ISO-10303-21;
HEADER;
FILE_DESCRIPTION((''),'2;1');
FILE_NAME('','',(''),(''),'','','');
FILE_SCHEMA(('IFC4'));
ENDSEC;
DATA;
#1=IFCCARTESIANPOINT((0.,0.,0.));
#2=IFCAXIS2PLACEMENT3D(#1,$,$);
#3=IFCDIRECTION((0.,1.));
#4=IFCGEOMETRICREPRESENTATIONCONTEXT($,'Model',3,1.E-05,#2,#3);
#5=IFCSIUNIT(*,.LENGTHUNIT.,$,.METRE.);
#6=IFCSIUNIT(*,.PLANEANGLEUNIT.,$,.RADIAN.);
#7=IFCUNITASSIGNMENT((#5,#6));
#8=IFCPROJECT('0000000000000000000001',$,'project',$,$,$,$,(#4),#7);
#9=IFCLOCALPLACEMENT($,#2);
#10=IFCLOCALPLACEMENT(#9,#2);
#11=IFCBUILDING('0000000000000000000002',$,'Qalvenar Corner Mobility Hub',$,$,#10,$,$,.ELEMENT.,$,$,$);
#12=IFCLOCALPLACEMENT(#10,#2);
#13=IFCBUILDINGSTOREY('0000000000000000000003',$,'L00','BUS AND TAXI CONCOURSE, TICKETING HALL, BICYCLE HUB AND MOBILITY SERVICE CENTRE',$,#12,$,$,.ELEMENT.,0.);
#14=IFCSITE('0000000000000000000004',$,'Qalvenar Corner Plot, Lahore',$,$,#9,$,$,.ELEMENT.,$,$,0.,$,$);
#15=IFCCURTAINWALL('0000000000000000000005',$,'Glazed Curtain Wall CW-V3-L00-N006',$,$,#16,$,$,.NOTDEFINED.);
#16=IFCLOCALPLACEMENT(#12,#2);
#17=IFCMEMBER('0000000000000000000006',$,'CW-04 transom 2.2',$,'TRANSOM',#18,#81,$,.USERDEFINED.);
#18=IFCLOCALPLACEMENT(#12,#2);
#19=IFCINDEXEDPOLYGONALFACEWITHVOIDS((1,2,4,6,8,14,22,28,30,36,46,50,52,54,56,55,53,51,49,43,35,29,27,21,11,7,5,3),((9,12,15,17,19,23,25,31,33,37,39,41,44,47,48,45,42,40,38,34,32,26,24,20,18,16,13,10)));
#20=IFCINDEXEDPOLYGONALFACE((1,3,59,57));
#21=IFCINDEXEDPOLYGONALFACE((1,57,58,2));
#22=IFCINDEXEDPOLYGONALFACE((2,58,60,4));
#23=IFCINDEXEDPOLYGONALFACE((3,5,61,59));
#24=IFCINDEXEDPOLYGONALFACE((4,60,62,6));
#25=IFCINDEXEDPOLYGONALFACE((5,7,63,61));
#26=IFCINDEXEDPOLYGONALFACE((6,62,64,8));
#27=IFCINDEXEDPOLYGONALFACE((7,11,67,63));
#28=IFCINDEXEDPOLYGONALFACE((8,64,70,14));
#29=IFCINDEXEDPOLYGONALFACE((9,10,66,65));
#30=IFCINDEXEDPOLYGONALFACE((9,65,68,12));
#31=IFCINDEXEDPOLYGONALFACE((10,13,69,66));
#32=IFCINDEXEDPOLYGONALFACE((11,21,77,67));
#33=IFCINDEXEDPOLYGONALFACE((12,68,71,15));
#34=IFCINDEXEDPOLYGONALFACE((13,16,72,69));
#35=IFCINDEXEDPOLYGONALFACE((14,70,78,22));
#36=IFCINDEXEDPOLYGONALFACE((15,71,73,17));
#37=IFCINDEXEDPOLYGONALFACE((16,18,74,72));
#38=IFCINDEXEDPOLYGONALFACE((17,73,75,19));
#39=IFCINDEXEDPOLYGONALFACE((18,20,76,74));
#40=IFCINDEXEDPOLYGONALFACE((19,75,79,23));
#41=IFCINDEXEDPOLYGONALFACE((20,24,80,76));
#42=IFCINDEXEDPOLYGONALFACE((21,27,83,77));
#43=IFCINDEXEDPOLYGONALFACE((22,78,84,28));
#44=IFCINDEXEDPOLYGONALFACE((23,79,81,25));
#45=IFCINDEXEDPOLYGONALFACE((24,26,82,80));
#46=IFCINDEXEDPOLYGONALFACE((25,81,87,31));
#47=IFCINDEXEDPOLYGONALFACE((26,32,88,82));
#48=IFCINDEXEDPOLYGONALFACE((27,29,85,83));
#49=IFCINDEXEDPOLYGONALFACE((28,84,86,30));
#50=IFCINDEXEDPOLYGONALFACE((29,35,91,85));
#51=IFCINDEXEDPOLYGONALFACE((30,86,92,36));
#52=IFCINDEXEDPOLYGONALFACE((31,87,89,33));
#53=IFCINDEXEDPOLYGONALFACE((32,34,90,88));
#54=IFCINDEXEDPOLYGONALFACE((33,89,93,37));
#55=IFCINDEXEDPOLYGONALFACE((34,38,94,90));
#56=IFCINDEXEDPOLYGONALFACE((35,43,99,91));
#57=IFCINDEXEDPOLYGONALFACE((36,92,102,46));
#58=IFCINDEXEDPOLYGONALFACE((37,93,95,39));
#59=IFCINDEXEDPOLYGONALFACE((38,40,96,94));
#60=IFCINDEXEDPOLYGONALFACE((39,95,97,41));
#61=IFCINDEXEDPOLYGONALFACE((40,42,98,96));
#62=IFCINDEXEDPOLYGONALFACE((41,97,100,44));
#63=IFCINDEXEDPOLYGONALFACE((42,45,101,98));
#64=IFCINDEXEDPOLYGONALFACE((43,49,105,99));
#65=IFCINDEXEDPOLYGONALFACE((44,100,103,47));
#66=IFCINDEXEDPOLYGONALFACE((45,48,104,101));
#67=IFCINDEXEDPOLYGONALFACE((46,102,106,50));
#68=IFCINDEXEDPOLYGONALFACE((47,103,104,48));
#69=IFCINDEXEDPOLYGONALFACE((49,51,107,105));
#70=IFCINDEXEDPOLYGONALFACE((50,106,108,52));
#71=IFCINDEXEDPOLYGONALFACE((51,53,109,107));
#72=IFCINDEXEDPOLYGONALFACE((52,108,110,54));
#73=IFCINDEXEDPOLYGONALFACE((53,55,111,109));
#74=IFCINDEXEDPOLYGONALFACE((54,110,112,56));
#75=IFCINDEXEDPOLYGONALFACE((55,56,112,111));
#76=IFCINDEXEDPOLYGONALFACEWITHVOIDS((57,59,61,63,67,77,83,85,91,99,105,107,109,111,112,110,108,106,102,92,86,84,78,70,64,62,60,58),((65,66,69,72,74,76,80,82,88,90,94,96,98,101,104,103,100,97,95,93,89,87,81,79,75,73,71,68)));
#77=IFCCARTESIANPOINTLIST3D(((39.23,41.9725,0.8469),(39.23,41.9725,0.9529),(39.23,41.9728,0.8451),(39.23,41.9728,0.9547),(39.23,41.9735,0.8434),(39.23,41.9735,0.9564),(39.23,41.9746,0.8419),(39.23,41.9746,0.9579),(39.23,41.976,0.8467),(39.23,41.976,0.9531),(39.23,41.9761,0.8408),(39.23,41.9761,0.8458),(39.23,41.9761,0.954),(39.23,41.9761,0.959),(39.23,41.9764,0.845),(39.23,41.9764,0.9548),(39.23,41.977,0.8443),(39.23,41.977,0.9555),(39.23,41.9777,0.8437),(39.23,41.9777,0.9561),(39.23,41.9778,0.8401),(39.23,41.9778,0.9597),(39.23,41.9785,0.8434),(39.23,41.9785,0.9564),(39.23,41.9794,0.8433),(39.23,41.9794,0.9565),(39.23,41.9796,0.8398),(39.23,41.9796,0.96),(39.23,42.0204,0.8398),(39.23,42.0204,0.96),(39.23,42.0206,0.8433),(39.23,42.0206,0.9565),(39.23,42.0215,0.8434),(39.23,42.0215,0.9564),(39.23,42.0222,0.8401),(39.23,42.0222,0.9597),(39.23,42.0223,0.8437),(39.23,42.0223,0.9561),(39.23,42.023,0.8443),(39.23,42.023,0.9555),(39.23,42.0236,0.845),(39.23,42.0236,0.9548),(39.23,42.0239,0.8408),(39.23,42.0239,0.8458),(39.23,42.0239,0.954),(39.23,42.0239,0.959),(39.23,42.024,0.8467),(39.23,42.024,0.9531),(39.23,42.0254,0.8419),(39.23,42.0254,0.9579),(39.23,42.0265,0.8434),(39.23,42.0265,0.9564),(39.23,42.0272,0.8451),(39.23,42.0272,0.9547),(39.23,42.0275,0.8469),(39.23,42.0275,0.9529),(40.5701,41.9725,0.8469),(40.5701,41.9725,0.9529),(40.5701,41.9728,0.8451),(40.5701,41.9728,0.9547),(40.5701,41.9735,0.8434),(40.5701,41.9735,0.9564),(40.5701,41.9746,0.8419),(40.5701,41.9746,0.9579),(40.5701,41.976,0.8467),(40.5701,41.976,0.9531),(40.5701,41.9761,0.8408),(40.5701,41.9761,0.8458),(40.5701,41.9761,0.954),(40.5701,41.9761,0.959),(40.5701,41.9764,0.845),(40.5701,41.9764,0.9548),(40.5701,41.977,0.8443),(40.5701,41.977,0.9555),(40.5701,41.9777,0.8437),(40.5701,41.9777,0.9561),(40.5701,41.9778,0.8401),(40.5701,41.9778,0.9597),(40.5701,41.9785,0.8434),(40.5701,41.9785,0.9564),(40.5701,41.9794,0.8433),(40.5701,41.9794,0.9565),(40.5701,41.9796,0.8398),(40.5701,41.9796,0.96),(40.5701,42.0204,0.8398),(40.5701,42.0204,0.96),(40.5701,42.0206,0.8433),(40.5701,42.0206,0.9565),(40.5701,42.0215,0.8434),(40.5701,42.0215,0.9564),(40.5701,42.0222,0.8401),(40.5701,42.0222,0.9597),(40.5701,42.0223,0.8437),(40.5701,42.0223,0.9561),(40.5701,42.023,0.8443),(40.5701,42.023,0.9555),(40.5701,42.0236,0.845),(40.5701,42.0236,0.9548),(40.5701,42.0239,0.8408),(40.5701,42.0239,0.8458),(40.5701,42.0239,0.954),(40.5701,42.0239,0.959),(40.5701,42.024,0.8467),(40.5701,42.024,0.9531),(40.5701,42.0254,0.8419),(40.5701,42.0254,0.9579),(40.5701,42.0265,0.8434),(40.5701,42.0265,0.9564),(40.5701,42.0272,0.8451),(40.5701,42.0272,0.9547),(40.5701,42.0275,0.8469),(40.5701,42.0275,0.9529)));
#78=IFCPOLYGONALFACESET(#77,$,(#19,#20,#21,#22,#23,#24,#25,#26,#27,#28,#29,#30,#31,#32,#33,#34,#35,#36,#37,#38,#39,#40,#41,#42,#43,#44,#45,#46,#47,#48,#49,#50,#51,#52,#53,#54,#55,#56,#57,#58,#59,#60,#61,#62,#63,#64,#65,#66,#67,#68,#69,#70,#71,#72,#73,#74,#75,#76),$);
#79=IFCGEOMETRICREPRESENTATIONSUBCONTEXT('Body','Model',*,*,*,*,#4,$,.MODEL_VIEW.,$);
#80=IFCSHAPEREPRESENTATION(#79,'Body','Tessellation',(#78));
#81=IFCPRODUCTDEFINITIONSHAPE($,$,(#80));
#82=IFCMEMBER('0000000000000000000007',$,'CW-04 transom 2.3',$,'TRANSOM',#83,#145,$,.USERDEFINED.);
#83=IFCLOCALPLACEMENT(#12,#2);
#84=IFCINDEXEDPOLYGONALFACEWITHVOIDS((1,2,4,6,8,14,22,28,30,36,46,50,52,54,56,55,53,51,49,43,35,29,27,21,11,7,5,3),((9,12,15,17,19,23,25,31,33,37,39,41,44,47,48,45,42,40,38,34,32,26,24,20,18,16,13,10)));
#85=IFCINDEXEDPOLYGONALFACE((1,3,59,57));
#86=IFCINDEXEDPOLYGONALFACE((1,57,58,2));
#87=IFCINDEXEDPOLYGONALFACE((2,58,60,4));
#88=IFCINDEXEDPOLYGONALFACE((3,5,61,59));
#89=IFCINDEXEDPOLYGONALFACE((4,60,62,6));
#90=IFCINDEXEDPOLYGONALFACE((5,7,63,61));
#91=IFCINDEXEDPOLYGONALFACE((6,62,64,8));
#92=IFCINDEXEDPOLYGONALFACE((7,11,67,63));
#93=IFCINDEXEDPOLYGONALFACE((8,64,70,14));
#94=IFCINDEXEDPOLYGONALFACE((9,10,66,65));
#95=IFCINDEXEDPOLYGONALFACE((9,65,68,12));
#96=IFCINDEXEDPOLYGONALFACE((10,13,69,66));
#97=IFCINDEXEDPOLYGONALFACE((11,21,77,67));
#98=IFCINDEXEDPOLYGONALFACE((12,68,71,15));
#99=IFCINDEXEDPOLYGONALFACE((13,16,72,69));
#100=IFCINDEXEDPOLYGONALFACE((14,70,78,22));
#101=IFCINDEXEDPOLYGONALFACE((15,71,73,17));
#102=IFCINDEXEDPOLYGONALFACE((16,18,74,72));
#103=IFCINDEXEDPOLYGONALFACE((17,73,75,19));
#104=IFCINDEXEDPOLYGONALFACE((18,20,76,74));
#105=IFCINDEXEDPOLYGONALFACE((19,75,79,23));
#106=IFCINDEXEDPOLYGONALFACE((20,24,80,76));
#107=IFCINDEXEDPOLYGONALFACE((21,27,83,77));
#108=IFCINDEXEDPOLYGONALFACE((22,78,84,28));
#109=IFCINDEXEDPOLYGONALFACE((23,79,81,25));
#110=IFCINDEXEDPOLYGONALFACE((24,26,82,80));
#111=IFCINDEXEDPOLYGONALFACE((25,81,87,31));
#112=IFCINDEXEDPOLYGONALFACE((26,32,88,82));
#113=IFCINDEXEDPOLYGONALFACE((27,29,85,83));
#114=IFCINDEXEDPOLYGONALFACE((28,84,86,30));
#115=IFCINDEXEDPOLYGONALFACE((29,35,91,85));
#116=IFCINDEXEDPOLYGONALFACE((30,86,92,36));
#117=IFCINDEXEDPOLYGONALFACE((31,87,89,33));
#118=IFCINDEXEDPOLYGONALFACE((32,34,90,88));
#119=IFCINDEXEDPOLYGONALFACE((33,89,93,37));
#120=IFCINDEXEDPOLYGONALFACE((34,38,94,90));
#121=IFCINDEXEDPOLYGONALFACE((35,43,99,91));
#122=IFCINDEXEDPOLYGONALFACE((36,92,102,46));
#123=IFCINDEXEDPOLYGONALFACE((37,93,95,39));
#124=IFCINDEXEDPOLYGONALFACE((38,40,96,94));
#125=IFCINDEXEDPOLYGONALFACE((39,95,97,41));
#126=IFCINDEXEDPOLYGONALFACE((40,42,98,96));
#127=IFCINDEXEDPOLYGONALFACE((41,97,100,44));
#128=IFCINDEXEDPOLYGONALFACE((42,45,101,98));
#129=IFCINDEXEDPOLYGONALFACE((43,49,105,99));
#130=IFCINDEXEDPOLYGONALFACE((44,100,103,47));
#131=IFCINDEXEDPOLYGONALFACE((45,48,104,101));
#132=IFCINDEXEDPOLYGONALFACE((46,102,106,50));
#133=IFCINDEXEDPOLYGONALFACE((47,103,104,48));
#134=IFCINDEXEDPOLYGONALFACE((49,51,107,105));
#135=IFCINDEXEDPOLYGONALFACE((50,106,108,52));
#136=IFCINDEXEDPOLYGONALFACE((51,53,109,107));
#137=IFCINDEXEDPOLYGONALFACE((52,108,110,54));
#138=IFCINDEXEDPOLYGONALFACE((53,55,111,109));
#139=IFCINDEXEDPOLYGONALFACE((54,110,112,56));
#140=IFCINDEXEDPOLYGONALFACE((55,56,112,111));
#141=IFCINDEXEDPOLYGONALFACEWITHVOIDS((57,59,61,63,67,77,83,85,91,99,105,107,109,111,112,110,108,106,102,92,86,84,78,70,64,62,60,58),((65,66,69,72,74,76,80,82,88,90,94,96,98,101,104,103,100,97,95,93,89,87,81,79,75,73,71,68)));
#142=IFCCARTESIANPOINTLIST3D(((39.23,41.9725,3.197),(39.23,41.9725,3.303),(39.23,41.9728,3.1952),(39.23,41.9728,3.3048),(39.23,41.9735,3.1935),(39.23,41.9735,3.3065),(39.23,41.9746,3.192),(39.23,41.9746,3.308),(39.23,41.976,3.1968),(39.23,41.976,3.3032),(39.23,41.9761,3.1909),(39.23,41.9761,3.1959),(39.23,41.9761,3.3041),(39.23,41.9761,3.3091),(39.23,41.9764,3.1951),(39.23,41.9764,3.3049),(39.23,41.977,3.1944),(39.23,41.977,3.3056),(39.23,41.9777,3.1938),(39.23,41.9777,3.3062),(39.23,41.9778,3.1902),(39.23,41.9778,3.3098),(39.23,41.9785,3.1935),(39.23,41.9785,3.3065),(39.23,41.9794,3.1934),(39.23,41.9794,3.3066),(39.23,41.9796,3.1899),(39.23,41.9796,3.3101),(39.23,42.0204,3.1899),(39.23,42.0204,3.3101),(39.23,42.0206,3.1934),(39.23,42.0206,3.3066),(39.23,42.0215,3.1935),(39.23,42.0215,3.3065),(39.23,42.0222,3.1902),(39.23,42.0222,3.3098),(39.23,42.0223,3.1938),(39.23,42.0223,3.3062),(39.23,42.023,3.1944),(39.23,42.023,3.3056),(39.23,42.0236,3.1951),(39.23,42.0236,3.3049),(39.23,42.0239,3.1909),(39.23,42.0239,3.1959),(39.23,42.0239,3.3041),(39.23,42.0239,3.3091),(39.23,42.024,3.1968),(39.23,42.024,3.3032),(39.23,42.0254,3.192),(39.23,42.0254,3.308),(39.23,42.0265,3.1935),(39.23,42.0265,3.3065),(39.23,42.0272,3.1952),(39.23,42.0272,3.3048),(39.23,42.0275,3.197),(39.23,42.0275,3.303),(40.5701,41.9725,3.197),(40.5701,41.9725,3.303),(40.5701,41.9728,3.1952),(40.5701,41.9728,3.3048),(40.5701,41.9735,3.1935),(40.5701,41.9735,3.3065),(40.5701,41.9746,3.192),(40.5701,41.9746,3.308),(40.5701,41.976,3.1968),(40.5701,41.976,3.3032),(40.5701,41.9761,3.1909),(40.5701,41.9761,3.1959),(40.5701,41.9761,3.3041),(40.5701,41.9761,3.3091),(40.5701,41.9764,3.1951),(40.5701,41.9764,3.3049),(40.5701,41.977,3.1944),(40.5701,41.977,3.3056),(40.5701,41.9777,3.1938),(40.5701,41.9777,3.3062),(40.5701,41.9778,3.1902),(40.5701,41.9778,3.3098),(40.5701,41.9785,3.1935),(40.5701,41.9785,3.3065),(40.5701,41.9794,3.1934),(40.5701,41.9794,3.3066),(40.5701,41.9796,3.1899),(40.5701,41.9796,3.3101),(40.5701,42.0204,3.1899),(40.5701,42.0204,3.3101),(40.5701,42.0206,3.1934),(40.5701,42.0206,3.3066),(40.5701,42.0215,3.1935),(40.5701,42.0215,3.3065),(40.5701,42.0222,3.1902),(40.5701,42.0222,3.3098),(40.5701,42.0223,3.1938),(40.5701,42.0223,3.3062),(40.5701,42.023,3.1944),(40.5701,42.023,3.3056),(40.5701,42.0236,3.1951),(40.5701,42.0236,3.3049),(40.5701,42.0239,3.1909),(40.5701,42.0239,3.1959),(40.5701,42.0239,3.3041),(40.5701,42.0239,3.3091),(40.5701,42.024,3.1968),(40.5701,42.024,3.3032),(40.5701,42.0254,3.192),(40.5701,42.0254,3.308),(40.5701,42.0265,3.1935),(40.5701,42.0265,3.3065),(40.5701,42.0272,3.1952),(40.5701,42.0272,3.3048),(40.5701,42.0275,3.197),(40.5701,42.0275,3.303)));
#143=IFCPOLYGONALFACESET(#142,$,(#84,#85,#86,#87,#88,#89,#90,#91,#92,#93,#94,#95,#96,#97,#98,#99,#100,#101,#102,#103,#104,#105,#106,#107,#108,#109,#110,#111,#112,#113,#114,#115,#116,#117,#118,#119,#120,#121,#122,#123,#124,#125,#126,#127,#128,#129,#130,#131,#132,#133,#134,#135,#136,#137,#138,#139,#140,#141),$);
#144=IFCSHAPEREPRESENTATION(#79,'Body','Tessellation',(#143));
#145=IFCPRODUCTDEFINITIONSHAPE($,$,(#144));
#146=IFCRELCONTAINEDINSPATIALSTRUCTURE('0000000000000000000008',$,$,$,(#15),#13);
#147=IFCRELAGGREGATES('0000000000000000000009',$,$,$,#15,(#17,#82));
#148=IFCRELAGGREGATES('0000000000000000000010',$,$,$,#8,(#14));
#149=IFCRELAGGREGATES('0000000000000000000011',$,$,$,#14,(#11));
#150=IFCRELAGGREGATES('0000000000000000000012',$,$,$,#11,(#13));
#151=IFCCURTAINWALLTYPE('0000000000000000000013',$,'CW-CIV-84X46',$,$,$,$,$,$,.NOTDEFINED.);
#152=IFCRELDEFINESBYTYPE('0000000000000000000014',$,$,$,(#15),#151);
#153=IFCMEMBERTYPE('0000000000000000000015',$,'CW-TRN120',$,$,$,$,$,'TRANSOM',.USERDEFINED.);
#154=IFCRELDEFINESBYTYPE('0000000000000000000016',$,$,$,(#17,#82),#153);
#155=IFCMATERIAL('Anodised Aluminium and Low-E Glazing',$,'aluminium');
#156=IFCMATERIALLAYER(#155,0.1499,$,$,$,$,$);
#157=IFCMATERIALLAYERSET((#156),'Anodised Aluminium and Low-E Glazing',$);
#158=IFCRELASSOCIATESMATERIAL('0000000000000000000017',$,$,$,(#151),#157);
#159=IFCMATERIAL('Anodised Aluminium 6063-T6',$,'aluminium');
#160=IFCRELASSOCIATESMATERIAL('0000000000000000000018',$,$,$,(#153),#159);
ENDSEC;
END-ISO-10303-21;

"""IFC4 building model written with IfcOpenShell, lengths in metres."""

from ifc_helpers import new_model, si_unit, direction, frame, origin, origin_2d, place, context, subcontext, project, spatial, hollow_rectangle, extrude, material, layer, layer_set, material_profile, profile_set, type_object, element, aggregate, save


model = new_model("IFC4")

# Units and contexts
model_context = context("Model", 3, precision=1e-05, world=origin(), true_north=direction((0.0, 1.0)))
body_context = subcontext(model_context, "Body", "Model", "MODEL_VIEW")
ifc_project = project(units=[si_unit("LENGTHUNIT", "METRE"), si_unit("PLANEANGLEUNIT", "RADIAN")], contexts=[model_context])

# Site, building, storey
site_placement = place(None, origin())
site = spatial("IfcSite", under=ifc_project, at=site_placement, Name="Qalvenar Corner Plot, Lahore", CompositionType="ELEMENT", RefElevation=0.0)
building_placement = place(site_placement, origin())
building = spatial("IfcBuilding", under=site, at=building_placement, Name="Qalvenar Corner Mobility Hub", CompositionType="ELEMENT")
storey_placement = place(building_placement, origin())
storey = spatial("IfcBuildingStorey", under=building, at=storey_placement, Name="L00", Description="BUS AND TAXI CONCOURSE, TICKETING HALL, BICYCLE HUB AND MOBILITY SERVICE CENTRE", CompositionType="ELEMENT", Elevation=0.0)

# Curtain wall, members
ifc_material_1 = material(Name="Anodised Aluminium and Low-E Glazing", Category="aluminium")
ifc_layer_1 = layer(ifc_material_1, 0.1499)
ifc_layer_set_1 = layer_set([ifc_layer_1], Name="Anodised Aluminium and Low-E Glazing")
curtain_wall_type = type_object("IfcCurtainWallType", Name="CW-CIV-84X46", PredefinedType="NOTDEFINED", material=ifc_layer_set_1)
curtain_wall_placement = place(storey_placement, origin())
curtain_wall = element("IfcCurtainWall", 1, at=curtain_wall_placement, inside=storey, type_object=curtain_wall_type, Name="Glazed Curtain Wall CW-V3-L00-N006", PredefinedType="NOTDEFINED")
ifc_material_2 = material(Name="Anodised Aluminium 6063-T6", Category="aluminium")
ifc_material_profile_1 = material_profile(ifc_material_2, hollow_rectangle(XDim=0.0549, YDim=0.1201, WallThickness=0.0034, InnerFilletRadius=0.0034, OuterFilletRadius=0.0071, at=origin_2d()), Name="RHS120x55x3.5")
ifc_profile_set_1 = profile_set([ifc_material_profile_1], Name="Anodised Aluminium 6063-T6")
member_type_1 = type_object("IfcMemberType", Name="CW-TRN120", ElementType="TRANSOM", PredefinedType="USERDEFINED", material=ifc_profile_set_1)
member_1_placement = place(storey_placement, frame((40.5701, 42.0, 0.8999), z_axis=(-1.0, 0.0, 0.0), x_axis=(0.0, -1.0, 0.0)))
member_1 = element("IfcMember", 2, at=member_1_placement, type_object=member_type_1, Name="CW-04 transom 2.2", ObjectType="TRANSOM", PredefinedType="USERDEFINED", context=body_context, shape_type="SweptSolid", body=[
    extrude(hollow_rectangle(XDim=0.0549, YDim=0.1201, WallThickness=0.0034, InnerFilletRadius=0.0034, OuterFilletRadius=0.0071, at=origin_2d()), origin(), (0.0, 0.0, 1.0), 1.3401),
])
member_2_placement = place(storey_placement, frame((40.5701, 42.0, 3.25), z_axis=(-1.0, 0.0, 0.0), x_axis=(0.0, -1.0, 0.0)))
member_2 = element("IfcMember", 3, at=member_2_placement, type_object=member_type_1, Name="CW-04 transom 2.3", ObjectType="TRANSOM", PredefinedType="USERDEFINED", context=body_context, shape_type="SweptSolid", body=[
    extrude(hollow_rectangle(XDim=0.0549, YDim=0.1201, WallThickness=0.0034, InnerFilletRadius=0.0034, OuterFilletRadius=0.0071, at=origin_2d()), origin(), (0.0, 0.0, 1.0), 1.3401),
])
aggregate(curtain_wall, [member_1, member_2])

save(model, "model.ifc")
